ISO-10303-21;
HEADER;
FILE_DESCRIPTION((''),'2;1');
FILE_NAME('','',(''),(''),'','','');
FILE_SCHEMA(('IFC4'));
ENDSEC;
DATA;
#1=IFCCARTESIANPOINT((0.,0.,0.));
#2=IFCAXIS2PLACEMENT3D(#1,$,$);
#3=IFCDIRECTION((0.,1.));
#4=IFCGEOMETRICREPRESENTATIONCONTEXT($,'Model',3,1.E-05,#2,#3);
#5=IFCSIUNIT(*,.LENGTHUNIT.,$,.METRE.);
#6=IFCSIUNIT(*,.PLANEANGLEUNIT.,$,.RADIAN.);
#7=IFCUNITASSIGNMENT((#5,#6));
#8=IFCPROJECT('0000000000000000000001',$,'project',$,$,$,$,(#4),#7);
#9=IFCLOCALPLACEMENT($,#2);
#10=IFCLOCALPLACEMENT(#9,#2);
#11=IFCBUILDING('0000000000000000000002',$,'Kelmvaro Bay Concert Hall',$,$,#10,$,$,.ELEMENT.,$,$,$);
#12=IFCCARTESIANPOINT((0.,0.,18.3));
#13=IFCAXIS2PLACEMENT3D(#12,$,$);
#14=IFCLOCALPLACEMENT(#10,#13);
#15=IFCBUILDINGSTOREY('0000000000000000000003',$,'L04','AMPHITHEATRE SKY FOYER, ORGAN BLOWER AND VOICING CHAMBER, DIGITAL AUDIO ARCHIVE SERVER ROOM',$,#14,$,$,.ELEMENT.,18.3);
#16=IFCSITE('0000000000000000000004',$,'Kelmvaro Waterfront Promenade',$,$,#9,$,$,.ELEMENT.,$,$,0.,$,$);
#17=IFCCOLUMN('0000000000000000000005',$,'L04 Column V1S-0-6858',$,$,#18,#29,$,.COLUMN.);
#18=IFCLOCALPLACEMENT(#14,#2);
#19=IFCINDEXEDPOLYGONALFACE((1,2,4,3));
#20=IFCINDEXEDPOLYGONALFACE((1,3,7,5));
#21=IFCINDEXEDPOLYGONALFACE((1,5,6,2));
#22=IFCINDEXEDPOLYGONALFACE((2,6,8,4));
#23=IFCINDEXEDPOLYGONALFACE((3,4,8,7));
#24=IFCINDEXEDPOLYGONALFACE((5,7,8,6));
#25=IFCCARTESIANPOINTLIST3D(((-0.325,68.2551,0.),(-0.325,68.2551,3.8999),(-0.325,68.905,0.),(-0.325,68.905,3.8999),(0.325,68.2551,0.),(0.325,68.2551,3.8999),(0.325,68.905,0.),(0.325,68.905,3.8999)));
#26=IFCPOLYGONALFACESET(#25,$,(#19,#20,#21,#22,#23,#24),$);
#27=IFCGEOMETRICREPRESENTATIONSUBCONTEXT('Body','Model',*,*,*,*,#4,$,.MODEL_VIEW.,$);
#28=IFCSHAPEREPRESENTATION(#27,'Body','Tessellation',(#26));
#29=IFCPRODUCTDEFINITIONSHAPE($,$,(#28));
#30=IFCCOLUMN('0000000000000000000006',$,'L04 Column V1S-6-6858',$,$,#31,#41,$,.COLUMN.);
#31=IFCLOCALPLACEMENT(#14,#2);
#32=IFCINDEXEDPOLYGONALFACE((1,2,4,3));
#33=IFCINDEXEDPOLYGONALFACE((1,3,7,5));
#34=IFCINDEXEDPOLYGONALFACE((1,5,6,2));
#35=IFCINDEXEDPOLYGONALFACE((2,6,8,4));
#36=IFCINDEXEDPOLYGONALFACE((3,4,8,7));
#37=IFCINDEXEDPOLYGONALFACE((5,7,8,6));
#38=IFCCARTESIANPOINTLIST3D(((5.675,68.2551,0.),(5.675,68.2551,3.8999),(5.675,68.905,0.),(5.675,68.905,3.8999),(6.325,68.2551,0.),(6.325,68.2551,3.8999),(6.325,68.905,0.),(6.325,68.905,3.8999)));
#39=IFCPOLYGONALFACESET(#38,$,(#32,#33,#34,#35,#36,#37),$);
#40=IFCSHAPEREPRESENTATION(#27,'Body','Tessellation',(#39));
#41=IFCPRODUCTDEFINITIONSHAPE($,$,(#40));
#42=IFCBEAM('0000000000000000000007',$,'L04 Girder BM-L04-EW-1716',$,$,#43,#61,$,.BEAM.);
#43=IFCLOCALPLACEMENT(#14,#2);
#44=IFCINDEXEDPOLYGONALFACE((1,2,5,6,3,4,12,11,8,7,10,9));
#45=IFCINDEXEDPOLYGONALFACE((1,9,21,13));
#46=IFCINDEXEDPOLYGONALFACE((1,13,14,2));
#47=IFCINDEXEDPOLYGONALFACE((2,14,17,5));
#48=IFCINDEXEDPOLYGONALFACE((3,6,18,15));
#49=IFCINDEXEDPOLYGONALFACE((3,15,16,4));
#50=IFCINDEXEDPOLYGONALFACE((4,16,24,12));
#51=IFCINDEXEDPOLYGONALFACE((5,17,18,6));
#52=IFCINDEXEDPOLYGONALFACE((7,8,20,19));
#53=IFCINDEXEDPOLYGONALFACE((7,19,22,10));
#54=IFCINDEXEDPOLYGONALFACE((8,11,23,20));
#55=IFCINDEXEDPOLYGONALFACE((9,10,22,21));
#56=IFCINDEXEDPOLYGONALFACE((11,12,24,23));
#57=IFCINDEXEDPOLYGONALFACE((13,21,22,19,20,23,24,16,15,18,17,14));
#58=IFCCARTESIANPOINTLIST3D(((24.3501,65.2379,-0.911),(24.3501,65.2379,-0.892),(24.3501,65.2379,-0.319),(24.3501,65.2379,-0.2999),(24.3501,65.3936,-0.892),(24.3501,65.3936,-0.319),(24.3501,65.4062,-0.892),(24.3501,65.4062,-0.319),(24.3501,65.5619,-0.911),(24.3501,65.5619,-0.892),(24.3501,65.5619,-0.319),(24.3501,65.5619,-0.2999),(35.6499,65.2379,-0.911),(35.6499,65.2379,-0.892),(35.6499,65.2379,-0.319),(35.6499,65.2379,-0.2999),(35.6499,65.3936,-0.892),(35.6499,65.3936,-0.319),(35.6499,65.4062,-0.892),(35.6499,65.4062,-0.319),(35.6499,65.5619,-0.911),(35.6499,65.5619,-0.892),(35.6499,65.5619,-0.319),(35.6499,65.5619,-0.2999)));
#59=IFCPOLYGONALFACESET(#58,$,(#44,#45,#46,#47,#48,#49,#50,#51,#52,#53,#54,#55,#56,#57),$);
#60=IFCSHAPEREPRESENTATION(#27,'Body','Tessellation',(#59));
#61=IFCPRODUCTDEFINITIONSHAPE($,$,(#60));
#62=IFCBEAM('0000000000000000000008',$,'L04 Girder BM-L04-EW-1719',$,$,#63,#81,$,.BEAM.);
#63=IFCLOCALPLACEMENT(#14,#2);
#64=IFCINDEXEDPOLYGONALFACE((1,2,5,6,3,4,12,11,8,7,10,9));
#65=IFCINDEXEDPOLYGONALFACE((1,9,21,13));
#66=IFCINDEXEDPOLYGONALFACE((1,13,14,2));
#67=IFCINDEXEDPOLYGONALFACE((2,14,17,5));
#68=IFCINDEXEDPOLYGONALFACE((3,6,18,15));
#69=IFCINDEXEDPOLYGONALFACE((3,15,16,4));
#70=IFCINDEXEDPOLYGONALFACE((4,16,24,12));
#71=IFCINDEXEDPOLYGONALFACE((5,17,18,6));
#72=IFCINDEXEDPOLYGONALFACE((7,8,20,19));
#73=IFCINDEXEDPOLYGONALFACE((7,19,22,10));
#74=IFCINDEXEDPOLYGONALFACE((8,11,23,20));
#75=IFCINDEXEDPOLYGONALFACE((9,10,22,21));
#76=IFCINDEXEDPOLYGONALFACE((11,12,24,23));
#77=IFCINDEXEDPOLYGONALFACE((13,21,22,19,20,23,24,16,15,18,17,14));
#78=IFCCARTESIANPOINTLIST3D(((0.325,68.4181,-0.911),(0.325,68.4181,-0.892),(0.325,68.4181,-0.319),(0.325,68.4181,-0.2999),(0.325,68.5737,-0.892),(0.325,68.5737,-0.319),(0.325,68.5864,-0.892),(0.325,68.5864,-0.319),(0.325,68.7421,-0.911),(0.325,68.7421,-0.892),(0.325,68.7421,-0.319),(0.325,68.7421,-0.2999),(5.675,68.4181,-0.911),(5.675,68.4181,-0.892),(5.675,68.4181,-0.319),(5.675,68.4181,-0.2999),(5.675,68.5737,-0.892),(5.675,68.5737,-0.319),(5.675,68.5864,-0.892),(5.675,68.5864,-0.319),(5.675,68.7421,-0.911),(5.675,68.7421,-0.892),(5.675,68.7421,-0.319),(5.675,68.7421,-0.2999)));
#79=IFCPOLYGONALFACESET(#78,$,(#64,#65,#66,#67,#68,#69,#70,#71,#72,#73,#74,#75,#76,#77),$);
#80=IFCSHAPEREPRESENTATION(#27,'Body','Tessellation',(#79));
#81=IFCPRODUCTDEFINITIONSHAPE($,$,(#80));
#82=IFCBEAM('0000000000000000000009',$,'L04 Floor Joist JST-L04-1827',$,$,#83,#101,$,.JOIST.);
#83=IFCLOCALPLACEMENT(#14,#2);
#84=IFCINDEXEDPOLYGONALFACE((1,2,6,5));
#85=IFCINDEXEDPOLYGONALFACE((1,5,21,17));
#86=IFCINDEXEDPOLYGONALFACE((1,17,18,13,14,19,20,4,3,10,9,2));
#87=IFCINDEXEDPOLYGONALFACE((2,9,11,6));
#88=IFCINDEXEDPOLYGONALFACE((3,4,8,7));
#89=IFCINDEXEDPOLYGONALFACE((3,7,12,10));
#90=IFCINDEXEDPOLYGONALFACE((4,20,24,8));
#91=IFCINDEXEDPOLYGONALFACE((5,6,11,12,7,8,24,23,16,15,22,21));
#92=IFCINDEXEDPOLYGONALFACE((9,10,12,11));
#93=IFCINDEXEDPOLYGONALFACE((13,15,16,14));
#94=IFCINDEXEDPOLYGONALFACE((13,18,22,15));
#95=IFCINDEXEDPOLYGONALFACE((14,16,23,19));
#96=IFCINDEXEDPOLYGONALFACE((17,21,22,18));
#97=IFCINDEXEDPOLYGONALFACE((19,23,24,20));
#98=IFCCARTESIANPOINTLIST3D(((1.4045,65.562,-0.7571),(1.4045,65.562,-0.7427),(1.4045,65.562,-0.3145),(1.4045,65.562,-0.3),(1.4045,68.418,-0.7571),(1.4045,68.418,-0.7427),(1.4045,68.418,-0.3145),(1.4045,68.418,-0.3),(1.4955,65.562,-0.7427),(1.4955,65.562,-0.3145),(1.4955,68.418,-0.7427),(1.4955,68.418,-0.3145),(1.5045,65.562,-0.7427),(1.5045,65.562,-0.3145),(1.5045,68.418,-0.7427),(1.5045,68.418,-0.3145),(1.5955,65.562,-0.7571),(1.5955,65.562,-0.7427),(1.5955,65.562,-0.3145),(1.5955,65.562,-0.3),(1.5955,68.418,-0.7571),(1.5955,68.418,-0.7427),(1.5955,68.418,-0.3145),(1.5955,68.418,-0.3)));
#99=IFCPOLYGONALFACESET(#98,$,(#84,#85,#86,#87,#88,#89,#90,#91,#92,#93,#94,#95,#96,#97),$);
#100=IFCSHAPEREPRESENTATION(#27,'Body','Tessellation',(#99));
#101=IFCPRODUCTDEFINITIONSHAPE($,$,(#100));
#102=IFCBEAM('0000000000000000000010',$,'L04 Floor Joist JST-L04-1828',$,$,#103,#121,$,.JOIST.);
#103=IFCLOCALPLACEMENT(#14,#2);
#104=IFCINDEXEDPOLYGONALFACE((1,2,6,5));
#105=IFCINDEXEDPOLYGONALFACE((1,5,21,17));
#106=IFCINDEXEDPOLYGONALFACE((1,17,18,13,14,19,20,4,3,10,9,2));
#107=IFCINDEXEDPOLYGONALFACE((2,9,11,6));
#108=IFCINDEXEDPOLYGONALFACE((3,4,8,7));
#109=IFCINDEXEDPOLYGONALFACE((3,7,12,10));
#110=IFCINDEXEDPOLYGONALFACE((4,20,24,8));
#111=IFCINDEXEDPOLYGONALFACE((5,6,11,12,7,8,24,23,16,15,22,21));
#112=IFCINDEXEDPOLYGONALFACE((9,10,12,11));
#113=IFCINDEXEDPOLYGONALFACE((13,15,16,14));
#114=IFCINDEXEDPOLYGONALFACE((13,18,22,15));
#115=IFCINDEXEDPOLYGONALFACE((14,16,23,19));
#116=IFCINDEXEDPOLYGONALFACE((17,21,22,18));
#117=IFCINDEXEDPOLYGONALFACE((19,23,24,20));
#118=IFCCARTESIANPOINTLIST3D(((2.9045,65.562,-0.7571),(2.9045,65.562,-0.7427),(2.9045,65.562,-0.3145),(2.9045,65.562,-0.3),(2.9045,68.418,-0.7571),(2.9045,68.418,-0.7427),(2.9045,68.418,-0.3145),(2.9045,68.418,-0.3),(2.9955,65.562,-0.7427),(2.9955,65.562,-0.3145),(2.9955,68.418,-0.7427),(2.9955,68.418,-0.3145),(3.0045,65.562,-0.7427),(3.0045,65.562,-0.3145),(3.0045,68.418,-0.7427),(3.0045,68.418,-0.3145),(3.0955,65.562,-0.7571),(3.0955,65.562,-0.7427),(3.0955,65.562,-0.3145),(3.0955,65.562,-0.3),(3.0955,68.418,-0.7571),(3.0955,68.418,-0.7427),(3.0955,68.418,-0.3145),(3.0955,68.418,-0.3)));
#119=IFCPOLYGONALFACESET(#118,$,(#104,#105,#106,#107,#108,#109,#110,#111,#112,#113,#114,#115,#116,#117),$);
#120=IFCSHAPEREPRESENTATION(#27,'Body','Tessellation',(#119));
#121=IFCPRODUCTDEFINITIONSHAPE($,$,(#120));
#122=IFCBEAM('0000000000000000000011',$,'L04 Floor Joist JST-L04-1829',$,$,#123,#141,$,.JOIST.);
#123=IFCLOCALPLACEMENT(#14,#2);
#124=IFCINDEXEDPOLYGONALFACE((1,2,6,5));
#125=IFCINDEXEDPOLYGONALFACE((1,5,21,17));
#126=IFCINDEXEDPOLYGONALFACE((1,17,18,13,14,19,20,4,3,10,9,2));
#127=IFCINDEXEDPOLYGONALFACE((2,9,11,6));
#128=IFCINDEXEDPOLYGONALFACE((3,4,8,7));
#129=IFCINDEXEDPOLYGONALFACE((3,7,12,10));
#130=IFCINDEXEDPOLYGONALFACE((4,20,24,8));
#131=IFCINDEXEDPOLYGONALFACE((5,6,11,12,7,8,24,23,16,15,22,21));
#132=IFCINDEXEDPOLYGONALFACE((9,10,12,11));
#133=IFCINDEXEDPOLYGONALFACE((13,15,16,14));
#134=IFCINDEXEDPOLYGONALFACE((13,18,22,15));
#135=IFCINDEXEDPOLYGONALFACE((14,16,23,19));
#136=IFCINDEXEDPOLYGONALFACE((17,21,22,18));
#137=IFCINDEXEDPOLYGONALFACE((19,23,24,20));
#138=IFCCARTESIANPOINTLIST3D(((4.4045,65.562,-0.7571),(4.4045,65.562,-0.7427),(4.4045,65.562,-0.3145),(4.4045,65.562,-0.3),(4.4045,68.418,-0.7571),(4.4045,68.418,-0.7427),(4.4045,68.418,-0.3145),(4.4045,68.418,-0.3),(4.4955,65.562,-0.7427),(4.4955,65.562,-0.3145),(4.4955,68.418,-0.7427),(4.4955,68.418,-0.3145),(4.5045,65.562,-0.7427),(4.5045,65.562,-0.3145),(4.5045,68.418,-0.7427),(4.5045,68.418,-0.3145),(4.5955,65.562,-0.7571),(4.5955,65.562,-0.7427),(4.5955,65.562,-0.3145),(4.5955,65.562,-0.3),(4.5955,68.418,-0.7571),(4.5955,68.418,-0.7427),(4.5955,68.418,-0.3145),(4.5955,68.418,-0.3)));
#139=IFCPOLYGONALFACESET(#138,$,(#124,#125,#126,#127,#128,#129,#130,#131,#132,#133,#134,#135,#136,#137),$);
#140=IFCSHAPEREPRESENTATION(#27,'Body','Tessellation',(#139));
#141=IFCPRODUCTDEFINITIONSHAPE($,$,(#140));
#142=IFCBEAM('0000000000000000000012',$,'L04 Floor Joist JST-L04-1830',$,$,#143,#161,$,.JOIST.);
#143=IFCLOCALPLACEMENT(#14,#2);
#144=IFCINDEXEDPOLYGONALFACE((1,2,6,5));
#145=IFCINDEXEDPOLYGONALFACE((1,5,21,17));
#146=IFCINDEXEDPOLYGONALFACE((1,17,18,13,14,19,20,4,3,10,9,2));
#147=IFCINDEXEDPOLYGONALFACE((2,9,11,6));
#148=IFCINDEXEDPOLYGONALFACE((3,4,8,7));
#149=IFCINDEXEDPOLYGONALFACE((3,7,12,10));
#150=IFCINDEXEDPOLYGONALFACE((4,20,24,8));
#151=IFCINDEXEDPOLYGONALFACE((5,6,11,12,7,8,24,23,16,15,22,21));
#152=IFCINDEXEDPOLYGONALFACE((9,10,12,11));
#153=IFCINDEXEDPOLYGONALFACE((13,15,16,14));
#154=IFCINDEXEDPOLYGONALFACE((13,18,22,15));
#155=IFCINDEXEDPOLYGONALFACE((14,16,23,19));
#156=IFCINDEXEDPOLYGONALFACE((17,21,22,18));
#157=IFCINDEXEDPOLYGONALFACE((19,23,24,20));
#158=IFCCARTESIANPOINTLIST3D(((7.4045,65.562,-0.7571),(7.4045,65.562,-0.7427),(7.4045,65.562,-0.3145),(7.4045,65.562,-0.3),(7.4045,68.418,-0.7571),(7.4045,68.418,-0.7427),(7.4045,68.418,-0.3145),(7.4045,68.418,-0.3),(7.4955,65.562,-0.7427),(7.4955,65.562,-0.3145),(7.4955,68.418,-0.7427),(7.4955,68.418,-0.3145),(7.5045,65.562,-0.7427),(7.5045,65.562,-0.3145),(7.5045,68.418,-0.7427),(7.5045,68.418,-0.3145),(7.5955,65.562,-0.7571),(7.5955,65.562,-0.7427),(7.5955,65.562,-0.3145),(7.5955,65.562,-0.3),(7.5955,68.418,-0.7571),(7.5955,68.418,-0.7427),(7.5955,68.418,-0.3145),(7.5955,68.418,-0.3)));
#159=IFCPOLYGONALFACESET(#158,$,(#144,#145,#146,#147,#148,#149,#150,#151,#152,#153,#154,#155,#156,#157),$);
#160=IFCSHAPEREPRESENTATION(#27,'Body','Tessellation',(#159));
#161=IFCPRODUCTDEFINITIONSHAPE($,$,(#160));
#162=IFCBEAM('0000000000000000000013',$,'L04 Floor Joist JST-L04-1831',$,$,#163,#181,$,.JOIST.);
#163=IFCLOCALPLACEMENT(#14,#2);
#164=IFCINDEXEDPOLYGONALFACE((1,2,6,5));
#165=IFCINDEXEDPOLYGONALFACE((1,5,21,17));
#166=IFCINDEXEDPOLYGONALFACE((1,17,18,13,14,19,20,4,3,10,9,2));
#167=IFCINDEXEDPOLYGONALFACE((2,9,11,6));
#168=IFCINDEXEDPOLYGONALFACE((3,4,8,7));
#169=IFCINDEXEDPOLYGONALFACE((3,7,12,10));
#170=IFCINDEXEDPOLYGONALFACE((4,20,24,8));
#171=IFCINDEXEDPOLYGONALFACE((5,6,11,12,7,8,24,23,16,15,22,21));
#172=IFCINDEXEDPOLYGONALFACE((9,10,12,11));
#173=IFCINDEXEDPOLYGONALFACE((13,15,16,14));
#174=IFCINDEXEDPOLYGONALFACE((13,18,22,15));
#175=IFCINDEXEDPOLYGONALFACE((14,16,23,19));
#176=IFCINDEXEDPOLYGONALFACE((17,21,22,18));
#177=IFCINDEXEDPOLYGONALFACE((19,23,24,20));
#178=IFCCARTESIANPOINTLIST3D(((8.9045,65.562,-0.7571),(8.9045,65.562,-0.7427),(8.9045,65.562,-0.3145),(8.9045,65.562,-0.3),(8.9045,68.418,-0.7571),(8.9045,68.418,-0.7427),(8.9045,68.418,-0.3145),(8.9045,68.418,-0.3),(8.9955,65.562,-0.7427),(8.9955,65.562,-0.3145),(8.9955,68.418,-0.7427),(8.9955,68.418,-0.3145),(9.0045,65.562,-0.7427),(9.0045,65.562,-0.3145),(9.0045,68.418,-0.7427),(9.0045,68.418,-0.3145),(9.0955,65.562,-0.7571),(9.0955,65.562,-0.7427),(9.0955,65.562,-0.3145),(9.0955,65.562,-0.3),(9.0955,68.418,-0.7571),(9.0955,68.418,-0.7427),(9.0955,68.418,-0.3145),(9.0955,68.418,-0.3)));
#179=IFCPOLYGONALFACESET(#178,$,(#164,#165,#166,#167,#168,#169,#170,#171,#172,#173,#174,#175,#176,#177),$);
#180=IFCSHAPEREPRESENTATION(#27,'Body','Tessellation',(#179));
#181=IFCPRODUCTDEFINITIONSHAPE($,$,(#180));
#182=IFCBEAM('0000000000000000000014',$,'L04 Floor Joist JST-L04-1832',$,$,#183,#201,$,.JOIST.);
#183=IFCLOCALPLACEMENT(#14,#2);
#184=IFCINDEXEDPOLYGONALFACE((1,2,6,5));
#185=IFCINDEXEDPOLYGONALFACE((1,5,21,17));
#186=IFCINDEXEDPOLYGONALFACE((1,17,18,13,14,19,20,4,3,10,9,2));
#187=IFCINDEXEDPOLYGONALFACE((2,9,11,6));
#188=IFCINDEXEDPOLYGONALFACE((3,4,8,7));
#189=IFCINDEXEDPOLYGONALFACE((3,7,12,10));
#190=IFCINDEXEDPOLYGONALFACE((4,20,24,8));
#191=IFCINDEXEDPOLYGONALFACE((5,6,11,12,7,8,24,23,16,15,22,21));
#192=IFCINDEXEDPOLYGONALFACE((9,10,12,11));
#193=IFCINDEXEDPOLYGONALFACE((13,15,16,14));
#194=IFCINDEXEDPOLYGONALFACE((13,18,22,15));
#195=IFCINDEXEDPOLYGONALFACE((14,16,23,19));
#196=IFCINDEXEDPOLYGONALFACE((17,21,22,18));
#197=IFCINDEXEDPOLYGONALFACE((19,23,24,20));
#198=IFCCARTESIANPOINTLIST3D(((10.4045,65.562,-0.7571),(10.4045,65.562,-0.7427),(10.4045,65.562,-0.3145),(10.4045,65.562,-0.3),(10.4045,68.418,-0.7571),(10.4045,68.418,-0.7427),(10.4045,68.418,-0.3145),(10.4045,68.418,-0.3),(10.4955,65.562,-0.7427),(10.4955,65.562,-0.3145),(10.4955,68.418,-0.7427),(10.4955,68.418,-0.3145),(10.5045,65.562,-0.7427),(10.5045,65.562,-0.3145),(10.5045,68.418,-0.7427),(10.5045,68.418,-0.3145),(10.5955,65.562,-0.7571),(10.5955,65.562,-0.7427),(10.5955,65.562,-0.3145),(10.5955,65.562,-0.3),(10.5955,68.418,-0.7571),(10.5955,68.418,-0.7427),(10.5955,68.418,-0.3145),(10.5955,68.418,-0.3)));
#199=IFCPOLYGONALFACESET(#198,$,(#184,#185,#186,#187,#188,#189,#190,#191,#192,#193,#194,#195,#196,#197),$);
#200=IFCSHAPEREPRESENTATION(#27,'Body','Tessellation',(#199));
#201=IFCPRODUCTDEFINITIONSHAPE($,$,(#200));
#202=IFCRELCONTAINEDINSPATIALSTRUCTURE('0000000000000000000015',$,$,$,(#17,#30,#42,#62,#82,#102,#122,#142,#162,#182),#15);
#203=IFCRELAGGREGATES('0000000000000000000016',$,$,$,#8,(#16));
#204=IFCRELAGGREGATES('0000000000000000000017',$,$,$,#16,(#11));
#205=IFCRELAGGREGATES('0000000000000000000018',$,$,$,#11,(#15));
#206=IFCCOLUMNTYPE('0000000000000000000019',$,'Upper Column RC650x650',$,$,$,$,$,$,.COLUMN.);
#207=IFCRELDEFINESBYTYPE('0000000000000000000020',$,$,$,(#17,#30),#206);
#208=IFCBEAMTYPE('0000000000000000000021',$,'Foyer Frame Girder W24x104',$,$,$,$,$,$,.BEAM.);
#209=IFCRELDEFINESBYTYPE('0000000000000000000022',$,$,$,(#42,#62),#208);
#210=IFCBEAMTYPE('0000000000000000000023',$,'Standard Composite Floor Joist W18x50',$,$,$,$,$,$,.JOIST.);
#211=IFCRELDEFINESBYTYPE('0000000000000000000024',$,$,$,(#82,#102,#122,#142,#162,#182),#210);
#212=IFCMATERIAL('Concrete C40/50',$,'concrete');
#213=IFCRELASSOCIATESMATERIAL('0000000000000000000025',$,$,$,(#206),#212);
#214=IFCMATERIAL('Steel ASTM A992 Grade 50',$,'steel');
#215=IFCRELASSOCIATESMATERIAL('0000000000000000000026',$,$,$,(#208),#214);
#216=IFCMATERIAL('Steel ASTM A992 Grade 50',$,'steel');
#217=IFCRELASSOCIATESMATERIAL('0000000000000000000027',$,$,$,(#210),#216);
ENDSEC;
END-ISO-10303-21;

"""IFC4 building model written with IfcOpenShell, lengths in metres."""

from ifc_helpers import new_model, si_unit, direction, frame, origin, origin_2d, place, context, subcontext, project, spatial, rectangle, i_section, extrude, material, material_profile, profile_set, type_object, element, save


model = new_model("IFC4")

# Units and contexts
model_context = context("Model", 3, precision=1e-05, world=origin(), true_north=direction((0.0, 1.0)))
body_context = subcontext(model_context, "Body", "Model", "MODEL_VIEW")
ifc_project = project(units=[si_unit("LENGTHUNIT", "METRE"), si_unit("PLANEANGLEUNIT", "RADIAN")], contexts=[model_context])

# Site, building, storey
site_placement = place(None, origin())
site = spatial("IfcSite", under=ifc_project, at=site_placement, Name="Kelmvaro Waterfront Promenade", CompositionType="ELEMENT", RefElevation=0.0)
building_placement = place(site_placement, origin())
building = spatial("IfcBuilding", under=site, at=building_placement, Name="Kelmvaro Bay Concert Hall", CompositionType="ELEMENT")
storey_placement = place(building_placement, frame((0.0, 0.0, 18.3)))
storey = spatial("IfcBuildingStorey", under=building, at=storey_placement, Name="L04", Description="AMPHITHEATRE SKY FOYER, ORGAN BLOWER AND VOICING CHAMBER, DIGITAL AUDIO ARCHIVE SERVER ROOM", CompositionType="ELEMENT", Elevation=18.3)

# Columns
ifc_material_1 = material(Name="Concrete C40/50", Category="concrete")
ifc_material_profile_1 = material_profile(ifc_material_1, rectangle(XDim=0.6499, YDim=0.6499, at=origin_2d()), Name="RC-COL-650X650")
ifc_profile_set_1 = profile_set([ifc_material_profile_1], Name="Concrete C40/50")
column_type = type_object("IfcColumnType", Name="Upper Column RC650x650", PredefinedType="COLUMN", material=ifc_profile_set_1)
for number, where, z_axis, x_axis, name in (
    (1, (0.0, 68.5801, 0.0), (0.0, 0.0, 1.0), (1.0, 0.0, 0.0), "L04 Column V1S-0-6858"),
    (2, (6.0, 68.5801, 0.0), (0.0, 0.0, 1.0), (1.0, 0.0, 0.0), "L04 Column V1S-6-6858"),
):
    element("IfcColumn", number, at=place(storey_placement, frame(where, z_axis=z_axis, x_axis=x_axis)), inside=storey, type_object=column_type, Name=name, PredefinedType="COLUMN", context=body_context, shape_type="SweptSolid", body=[
        extrude(rectangle(XDim=0.6499, YDim=0.6499, at=origin_2d()), origin(), (0.0, 0.0, 1.0), 3.8999),
    ])

# Beams
ifc_material_2 = material(Name="Steel ASTM A992 Grade 50", Category="steel")
ifc_material_profile_2 = material_profile(ifc_material_2, i_section(OverallWidth=0.324, OverallDepth=0.6111, WebThickness=0.0127, FlangeThickness=0.019, at=origin_2d()), Name="W24X104")
ifc_profile_set_2 = profile_set([ifc_material_profile_2], Name="Steel ASTM A992 Grade 50")
beam_type_1 = type_object("IfcBeamType", Name="Foyer Frame Girder W24x104", PredefinedType="BEAM", material=ifc_profile_set_2)
beam_1_placement = place(storey_placement, frame((24.3501, 65.3999, -0.6055), z_axis=(1.0, 0.0, 0.0), x_axis=(0.0, 1.0, 0.0)))
element("IfcBeam", 3, at=beam_1_placement, inside=storey, type_object=beam_type_1, Name="L04 Girder BM-L04-EW-1716", PredefinedType="BEAM", context=body_context, shape_type="SweptSolid", body=[
    extrude(i_section(OverallWidth=0.324, OverallDepth=0.6111, WebThickness=0.0127, FlangeThickness=0.019, at=origin_2d()), origin(), (0.0, 0.0, 1.0), 11.2998),
])
beam_2_placement = place(storey_placement, frame((0.325, 68.5801, -0.6055), z_axis=(1.0, 0.0, 0.0), x_axis=(0.0, 1.0, 0.0)))
element("IfcBeam", 4, at=beam_2_placement, inside=storey, type_object=beam_type_1, Name="L04 Girder BM-L04-EW-1719", PredefinedType="BEAM", context=body_context, shape_type="SweptSolid", body=[
    extrude(i_section(OverallWidth=0.324, OverallDepth=0.6111, WebThickness=0.0127, FlangeThickness=0.019, at=origin_2d()), origin(), (0.0, 0.0, 1.0), 5.3501),
])
ifc_material_3 = material(Name="Steel ASTM A992 Grade 50", Category="steel")
ifc_material_profile_3 = material_profile(ifc_material_3, i_section(OverallWidth=0.1909, OverallDepth=0.457, WebThickness=0.009, FlangeThickness=0.0144, at=origin_2d()), Name="W18X50")
ifc_profile_set_3 = profile_set([ifc_material_profile_3], Name="Steel ASTM A992 Grade 50")
beam_type_2 = type_object("IfcBeamType", Name="Standard Composite Floor Joist W18x50", PredefinedType="JOIST", material=ifc_profile_set_3)
for number, where, z_axis, x_axis, name in (
    (5, (1.5, 65.562, -0.5286), (0.0, 1.0, 0.0), (-1.0, 0.0, 0.0), "L04 Floor Joist JST-L04-1827"),
    (6, (3.0, 65.562, -0.5286), (0.0, 1.0, 0.0), (-1.0, 0.0, 0.0), "L04 Floor Joist JST-L04-1828"),
    (7, (4.5, 65.562, -0.5286), (0.0, 1.0, 0.0), (-1.0, 0.0, 0.0), "L04 Floor Joist JST-L04-1829"),
    (8, (7.5, 65.562, -0.5286), (0.0, 1.0, 0.0), (-1.0, 0.0, 0.0), "L04 Floor Joist JST-L04-1830"),
    (9, (9.0, 65.562, -0.5286), (0.0, 1.0, 0.0), (-1.0, 0.0, 0.0), "L04 Floor Joist JST-L04-1831"),
    (10, (10.5, 65.562, -0.5286), (0.0, 1.0, 0.0), (-1.0, 0.0, 0.0), "L04 Floor Joist JST-L04-1832"),
):
    element("IfcBeam", number, at=place(storey_placement, frame(where, z_axis=z_axis, x_axis=x_axis)), inside=storey, type_object=beam_type_2, Name=name, PredefinedType="JOIST", context=body_context, shape_type="SweptSolid", body=[
        extrude(i_section(OverallWidth=0.1909, OverallDepth=0.457, WebThickness=0.009, FlangeThickness=0.0144, at=origin_2d()), origin(), (0.0, 0.0, 1.0), 2.856),
    ])

save(model, "model.ifc")
